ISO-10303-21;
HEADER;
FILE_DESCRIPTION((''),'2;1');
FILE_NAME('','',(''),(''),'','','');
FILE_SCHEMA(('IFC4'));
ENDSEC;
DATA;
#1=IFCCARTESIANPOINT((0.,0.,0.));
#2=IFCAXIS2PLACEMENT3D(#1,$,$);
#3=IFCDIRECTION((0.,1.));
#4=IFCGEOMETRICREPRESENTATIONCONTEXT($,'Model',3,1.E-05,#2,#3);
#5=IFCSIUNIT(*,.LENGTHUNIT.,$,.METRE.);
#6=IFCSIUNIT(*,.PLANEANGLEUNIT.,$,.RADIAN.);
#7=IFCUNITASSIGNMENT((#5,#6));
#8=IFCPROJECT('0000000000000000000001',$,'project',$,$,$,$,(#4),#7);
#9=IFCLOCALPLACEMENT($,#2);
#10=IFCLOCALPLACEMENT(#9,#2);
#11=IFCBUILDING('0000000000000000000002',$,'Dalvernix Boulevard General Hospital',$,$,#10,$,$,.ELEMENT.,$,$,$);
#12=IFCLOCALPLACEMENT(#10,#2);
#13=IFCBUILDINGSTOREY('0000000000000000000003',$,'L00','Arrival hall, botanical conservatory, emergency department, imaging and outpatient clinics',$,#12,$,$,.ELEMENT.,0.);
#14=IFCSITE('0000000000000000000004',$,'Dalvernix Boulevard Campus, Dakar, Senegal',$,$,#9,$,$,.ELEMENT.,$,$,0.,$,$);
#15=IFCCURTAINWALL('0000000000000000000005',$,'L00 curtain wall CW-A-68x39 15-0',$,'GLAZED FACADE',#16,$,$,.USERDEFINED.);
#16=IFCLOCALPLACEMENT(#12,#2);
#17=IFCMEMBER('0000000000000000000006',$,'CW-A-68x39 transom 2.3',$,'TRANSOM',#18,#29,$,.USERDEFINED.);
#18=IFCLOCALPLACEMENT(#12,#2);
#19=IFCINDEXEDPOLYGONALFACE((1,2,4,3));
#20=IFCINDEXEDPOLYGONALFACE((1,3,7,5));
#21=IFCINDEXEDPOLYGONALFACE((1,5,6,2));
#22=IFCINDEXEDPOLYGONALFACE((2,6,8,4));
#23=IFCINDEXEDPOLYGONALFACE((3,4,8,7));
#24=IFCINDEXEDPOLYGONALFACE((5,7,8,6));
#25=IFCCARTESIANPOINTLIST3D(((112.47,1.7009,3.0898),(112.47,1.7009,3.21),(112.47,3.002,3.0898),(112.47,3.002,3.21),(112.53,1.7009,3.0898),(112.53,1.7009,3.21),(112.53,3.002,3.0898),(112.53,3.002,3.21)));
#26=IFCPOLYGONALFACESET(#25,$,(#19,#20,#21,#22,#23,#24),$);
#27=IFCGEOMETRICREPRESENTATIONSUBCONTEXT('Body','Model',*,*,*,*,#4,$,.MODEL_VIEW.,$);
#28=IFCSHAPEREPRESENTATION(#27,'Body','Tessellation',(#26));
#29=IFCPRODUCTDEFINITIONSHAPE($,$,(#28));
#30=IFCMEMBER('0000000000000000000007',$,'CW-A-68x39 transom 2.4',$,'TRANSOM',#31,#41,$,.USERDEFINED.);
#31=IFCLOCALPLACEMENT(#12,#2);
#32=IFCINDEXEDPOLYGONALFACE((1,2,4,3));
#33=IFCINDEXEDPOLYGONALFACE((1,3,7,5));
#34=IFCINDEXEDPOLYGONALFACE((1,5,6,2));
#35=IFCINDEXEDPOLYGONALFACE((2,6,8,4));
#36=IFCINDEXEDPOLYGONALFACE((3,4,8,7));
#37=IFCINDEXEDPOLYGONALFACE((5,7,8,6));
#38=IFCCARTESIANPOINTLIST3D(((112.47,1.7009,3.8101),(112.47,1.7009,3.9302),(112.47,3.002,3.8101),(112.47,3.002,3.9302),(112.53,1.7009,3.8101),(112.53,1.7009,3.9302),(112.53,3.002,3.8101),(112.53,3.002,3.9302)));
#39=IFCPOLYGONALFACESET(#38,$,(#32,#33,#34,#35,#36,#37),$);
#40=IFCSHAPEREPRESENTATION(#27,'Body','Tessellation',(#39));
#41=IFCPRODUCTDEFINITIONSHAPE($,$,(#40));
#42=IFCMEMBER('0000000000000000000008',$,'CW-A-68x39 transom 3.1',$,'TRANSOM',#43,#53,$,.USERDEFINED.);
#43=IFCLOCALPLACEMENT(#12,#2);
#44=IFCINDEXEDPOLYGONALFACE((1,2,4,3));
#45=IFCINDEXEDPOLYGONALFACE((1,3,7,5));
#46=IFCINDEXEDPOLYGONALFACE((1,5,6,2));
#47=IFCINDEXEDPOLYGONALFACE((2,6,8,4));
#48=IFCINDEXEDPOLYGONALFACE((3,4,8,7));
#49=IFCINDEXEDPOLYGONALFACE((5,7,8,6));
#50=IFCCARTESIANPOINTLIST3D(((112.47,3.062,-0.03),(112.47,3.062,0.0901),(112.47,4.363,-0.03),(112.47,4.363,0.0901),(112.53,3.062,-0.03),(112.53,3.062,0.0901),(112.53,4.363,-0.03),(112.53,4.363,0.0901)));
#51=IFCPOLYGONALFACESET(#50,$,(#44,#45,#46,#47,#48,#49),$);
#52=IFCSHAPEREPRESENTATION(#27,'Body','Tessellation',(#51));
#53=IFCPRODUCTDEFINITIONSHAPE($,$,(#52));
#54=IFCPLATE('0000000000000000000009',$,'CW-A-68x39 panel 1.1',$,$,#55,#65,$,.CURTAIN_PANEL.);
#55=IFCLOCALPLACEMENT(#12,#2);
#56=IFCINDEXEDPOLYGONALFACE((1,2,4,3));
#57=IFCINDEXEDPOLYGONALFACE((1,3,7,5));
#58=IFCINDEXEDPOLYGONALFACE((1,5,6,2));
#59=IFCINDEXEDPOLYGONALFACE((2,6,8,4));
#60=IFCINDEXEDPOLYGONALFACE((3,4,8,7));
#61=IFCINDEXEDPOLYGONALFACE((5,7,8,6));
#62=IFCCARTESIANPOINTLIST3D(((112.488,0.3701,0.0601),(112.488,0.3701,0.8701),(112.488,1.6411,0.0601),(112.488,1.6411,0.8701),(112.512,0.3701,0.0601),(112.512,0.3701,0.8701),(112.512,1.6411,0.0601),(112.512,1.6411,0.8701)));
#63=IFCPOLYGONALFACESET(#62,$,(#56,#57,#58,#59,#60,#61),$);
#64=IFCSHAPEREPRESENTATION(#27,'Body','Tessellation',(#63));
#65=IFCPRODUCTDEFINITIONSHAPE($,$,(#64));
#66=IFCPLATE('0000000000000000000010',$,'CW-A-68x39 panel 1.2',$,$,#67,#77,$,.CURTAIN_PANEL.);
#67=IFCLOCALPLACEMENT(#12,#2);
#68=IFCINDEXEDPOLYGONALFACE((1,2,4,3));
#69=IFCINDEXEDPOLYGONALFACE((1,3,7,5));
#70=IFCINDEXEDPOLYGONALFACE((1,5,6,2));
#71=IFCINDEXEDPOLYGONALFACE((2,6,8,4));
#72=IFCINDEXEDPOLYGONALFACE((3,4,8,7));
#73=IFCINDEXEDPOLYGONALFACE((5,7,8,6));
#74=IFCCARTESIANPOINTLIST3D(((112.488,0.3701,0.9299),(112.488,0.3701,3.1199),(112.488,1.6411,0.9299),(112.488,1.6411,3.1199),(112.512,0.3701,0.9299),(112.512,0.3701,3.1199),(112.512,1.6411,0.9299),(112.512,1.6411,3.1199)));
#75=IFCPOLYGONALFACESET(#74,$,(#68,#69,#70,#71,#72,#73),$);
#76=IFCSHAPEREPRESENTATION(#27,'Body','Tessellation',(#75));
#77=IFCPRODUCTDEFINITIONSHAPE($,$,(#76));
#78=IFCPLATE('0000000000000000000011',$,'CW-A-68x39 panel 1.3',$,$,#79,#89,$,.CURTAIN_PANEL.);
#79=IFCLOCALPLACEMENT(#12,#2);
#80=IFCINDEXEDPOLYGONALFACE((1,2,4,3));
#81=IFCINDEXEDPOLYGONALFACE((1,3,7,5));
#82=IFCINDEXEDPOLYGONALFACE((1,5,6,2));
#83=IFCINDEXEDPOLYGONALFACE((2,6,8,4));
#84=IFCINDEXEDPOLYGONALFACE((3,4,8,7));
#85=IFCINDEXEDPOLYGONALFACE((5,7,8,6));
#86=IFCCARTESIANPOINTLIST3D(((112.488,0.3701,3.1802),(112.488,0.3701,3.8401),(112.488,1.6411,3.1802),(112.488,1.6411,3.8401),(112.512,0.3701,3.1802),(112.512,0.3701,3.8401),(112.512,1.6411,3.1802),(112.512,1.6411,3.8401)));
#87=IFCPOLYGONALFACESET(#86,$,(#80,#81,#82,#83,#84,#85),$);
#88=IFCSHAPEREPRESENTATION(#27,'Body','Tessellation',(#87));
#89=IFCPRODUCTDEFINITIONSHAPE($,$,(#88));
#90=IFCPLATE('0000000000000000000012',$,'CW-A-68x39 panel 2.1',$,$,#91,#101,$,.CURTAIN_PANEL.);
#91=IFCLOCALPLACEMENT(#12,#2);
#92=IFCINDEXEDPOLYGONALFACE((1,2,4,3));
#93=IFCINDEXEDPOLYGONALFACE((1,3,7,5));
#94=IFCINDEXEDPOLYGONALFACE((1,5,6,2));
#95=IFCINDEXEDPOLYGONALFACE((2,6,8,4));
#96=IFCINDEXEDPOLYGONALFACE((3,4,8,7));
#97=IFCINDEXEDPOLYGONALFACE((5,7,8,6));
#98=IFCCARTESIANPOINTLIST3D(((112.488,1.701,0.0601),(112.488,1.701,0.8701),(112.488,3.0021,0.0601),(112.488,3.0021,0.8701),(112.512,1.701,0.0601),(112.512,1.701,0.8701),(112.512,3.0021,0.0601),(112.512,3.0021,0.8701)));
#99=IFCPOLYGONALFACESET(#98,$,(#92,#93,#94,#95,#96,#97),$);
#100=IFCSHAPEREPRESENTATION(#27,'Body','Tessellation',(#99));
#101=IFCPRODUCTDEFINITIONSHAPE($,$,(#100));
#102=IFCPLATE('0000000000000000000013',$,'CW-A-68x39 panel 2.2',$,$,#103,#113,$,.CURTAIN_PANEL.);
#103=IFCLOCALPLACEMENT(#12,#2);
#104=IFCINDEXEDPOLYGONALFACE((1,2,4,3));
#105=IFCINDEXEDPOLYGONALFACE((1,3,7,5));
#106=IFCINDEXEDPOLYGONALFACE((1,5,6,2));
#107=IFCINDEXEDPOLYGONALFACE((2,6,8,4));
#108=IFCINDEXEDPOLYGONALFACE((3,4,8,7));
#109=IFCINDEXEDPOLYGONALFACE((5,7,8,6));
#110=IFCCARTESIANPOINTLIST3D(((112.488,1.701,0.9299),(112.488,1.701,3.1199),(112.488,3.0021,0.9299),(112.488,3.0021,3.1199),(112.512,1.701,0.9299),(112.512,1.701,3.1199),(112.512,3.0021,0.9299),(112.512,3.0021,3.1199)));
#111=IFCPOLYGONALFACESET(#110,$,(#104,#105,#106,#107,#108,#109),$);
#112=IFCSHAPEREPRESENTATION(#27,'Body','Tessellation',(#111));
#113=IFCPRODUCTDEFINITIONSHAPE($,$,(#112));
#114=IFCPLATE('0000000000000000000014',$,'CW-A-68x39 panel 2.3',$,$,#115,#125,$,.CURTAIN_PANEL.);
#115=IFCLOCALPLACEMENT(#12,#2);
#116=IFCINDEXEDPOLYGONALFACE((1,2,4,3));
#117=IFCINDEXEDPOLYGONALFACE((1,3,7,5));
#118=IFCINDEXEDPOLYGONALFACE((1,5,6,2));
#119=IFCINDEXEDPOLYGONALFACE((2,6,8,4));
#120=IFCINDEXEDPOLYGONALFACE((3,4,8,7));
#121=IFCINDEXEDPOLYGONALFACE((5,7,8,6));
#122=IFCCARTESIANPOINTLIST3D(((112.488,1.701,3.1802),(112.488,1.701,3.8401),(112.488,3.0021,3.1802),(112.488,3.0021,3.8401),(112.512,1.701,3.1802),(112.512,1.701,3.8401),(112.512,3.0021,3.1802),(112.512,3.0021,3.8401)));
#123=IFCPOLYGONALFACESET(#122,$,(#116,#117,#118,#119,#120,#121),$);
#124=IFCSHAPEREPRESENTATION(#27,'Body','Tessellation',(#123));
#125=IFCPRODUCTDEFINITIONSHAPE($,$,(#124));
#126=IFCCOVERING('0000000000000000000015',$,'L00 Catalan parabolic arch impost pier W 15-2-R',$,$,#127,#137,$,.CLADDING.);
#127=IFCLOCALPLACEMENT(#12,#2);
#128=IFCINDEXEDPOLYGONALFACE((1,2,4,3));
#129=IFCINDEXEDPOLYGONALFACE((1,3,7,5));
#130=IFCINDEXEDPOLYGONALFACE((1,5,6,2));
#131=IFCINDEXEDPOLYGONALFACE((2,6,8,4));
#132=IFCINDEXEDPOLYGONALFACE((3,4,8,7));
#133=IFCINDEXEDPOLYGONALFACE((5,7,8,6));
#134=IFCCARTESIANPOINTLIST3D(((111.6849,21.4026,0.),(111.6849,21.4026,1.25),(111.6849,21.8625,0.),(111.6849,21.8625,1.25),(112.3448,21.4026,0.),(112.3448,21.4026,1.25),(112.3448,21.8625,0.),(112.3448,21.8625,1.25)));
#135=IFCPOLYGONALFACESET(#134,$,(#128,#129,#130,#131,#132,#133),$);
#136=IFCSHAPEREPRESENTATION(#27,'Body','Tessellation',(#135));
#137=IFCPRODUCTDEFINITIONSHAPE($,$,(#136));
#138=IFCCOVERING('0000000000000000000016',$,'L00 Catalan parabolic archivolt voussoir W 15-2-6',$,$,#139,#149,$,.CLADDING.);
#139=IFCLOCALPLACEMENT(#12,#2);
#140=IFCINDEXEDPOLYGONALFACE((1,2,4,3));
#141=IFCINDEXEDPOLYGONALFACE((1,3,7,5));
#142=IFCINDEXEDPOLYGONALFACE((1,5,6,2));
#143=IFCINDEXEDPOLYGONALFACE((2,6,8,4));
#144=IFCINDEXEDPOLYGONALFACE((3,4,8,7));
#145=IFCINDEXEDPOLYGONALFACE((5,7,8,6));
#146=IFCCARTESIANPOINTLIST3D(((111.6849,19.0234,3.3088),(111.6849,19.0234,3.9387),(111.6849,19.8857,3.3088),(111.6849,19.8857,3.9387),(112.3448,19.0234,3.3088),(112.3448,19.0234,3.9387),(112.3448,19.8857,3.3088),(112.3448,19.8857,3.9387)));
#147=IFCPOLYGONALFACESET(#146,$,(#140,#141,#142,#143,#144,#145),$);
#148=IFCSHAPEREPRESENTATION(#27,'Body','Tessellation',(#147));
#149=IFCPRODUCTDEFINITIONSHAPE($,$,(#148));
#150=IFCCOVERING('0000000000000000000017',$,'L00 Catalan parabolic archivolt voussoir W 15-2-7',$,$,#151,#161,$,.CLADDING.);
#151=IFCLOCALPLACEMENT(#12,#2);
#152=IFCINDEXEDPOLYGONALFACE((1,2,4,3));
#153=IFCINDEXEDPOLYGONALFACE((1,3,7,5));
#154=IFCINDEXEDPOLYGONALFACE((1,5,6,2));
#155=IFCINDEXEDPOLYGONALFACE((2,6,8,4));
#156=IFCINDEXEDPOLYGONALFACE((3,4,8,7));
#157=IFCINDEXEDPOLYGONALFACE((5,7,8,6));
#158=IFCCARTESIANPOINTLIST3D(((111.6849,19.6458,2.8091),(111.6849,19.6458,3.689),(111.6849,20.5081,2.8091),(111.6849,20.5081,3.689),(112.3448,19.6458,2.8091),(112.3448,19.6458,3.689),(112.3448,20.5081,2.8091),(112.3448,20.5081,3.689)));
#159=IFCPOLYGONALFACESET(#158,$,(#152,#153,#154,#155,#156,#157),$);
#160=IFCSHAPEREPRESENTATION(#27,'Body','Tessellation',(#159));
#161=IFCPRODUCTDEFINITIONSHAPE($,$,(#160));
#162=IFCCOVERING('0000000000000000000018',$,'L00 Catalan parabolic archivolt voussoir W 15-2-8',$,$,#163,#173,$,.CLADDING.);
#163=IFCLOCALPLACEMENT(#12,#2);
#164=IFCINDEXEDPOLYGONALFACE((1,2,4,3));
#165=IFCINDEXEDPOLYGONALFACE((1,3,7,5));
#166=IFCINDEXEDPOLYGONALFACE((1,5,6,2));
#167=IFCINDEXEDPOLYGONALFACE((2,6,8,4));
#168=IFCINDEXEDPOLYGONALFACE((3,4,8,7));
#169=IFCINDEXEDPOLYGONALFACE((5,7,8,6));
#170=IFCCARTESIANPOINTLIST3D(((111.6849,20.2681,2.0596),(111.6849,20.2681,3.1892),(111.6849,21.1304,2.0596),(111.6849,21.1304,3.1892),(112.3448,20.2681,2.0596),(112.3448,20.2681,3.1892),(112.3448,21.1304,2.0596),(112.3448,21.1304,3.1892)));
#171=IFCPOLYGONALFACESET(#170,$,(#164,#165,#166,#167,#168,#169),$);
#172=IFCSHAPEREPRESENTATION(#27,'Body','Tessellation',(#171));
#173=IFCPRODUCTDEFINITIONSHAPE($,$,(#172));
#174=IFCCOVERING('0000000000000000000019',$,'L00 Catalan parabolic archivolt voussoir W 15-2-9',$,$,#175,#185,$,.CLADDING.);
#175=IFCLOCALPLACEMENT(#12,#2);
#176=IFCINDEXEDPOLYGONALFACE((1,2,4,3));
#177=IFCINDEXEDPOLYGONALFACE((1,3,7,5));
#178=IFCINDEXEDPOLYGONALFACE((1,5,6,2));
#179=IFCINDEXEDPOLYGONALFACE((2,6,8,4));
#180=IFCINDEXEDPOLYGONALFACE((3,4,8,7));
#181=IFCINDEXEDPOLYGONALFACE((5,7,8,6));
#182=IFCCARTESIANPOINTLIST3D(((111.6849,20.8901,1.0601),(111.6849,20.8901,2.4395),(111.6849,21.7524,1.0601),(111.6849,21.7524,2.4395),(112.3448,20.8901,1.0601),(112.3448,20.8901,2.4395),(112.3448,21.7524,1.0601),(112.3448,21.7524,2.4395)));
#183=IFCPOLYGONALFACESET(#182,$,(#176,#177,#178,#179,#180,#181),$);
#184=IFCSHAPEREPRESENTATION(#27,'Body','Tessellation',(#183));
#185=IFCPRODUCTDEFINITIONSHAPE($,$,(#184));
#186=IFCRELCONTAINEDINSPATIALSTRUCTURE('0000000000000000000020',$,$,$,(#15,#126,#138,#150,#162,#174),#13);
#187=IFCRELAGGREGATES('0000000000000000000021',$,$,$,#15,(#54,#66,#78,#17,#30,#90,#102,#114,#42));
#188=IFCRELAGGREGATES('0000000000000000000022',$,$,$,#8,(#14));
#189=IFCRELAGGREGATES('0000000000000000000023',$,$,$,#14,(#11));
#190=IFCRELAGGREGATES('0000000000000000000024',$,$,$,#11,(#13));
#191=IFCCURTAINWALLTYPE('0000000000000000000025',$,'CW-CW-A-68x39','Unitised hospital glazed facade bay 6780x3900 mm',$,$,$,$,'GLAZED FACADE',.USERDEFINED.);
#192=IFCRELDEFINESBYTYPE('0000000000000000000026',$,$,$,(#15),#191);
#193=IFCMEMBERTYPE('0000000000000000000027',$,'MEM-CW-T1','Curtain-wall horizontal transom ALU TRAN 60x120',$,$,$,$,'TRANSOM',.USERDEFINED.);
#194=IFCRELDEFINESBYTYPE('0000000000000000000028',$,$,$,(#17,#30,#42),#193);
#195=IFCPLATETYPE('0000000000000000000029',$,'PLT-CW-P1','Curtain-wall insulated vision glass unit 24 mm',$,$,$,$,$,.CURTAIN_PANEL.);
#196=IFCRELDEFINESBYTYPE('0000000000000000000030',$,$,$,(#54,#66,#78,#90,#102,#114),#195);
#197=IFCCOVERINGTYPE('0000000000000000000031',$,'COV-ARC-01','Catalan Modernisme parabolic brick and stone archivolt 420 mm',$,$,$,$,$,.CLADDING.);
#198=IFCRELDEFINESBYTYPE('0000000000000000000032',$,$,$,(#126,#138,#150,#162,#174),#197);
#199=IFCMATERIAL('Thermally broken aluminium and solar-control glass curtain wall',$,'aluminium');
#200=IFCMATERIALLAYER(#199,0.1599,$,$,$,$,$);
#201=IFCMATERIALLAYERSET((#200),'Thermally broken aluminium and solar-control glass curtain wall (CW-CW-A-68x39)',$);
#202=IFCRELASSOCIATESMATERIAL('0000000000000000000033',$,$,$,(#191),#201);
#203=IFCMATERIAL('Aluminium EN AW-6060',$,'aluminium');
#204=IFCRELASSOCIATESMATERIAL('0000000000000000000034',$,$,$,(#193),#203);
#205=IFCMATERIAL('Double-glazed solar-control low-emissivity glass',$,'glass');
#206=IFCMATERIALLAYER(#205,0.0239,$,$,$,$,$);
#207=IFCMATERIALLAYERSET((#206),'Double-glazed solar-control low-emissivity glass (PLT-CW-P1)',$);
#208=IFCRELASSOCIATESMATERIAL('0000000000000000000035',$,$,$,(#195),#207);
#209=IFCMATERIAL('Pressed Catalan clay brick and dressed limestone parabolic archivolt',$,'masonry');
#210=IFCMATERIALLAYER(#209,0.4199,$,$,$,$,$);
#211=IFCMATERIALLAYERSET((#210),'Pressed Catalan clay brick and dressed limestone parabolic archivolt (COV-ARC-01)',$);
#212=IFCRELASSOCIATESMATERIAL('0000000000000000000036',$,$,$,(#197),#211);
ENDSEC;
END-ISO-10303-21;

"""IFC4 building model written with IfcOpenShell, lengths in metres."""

from ifc_helpers import new_model, si_unit, direction, frame, origin, origin_2d, place, context, subcontext, project, spatial, rectangle, extrude, material, layer, layer_set, material_profile, profile_set, type_object, element, aggregate, save


model = new_model("IFC4")

# Units and contexts
model_context = context("Model", 3, precision=1e-05, world=origin(), true_north=direction((0.0, 1.0)))
body_context = subcontext(model_context, "Body", "Model", "MODEL_VIEW")
ifc_project = project(units=[si_unit("LENGTHUNIT", "METRE"), si_unit("PLANEANGLEUNIT", "RADIAN")], contexts=[model_context])

# Site, building, storey
site_placement = place(None, origin())
site = spatial("IfcSite", under=ifc_project, at=site_placement, Name="Dalvernix Boulevard Campus, Dakar, Senegal", CompositionType="ELEMENT", RefElevation=0.0)
building_placement = place(site_placement, origin())
building = spatial("IfcBuilding", under=site, at=building_placement, Name="Dalvernix Boulevard General Hospital", CompositionType="ELEMENT")
storey_placement = place(building_placement, origin())
storey = spatial("IfcBuildingStorey", under=building, at=storey_placement, Name="L00", Description="Arrival hall, botanical conservatory, emergency department, imaging and outpatient clinics", CompositionType="ELEMENT", Elevation=0.0)

# Curtain wall, members, plates
ifc_material_1 = material(Name="Thermally broken aluminium and solar-control glass curtain wall", Category="aluminium")
ifc_layer_1 = layer(ifc_material_1, 0.1599)
ifc_layer_set_1 = layer_set([ifc_layer_1], Name="Thermally broken aluminium and solar-control glass curtain wall (CW-CW-A-68x39)")
curtain_wall_type = type_object("IfcCurtainWallType", Name="CW-CW-A-68x39", Description="Unitised hospital glazed facade bay 6780x3900 mm", ElementType="GLAZED FACADE", PredefinedType="USERDEFINED", material=ifc_layer_set_1)
curtain_wall_placement = place(storey_placement, origin())
curtain_wall = element("IfcCurtainWall", 1, at=curtain_wall_placement, inside=storey, type_object=curtain_wall_type, Name="L00 curtain wall CW-A-68x39 15-0", ObjectType="GLAZED FACADE", PredefinedType="USERDEFINED")
ifc_material_2 = material(Name="Aluminium EN AW-6060", Category="aluminium")
ifc_material_profile_1 = material_profile(ifc_material_2, rectangle(XDim=0.0601, YDim=0.1201, at=origin_2d()), Name="ALU TRAN 60x120")
ifc_profile_set_1 = profile_set([ifc_material_profile_1], Name="Aluminium EN AW-6060")
member_type_1 = type_object("IfcMemberType", Name="MEM-CW-T1", Description="Curtain-wall horizontal transom ALU TRAN 60x120", ElementType="TRANSOM", PredefinedType="USERDEFINED", material=ifc_profile_set_1)
member_1_placement = place(storey_placement, frame((112.5, 1.7009, 3.1499), z_axis=(0.0, 1.0, 0.0), x_axis=(-1.0, 0.0, 0.0)))
member_1 = element("IfcMember", 2, at=member_1_placement, type_object=member_type_1, Name="CW-A-68x39 transom 2.3", ObjectType="TRANSOM", PredefinedType="USERDEFINED", context=body_context, shape_type="SweptSolid", body=[
    extrude(rectangle(XDim=0.0601, YDim=0.1201, at=origin_2d()), origin(), (0.0, 0.0, 1.0), 1.301),
])
member_2_placement = place(storey_placement, frame((112.5, 1.7009, 3.8701), z_axis=(0.0, 1.0, 0.0), x_axis=(-1.0, 0.0, 0.0)))
member_2 = element("IfcMember", 3, at=member_2_placement, type_object=member_type_1, Name="CW-A-68x39 transom 2.4", ObjectType="TRANSOM", PredefinedType="USERDEFINED", context=body_context, shape_type="SweptSolid", body=[
    extrude(rectangle(XDim=0.0601, YDim=0.1201, at=origin_2d()), origin(), (0.0, 0.0, 1.0), 1.301),
])
member_3_placement = place(storey_placement, frame((112.5, 3.062, 0.03), z_axis=(0.0, 1.0, 0.0), x_axis=(-1.0, 0.0, 0.0)))
member_3 = element("IfcMember", 4, at=member_3_placement, type_object=member_type_1, Name="CW-A-68x39 transom 3.1", ObjectType="TRANSOM", PredefinedType="USERDEFINED", context=body_context, shape_type="SweptSolid", body=[
    extrude(rectangle(XDim=0.0601, YDim=0.1201, at=origin_2d()), origin(), (0.0, 0.0, 1.0), 1.301),
])
ifc_material_3 = material(Name="Double-glazed solar-control low-emissivity glass", Category="glass")
ifc_layer_2 = layer(ifc_material_3, 0.0239)
ifc_layer_set_2 = layer_set([ifc_layer_2], Name="Double-glazed solar-control low-emissivity glass (PLT-CW-P1)")
plate_type = type_object("IfcPlateType", Name="PLT-CW-P1", Description="Curtain-wall insulated vision glass unit 24 mm", PredefinedType="CURTAIN_PANEL", material=ifc_layer_set_2)
plate_1_placement = place(storey_placement, frame((112.5, 1.0056, 0.0601), z_axis=(0.0, 0.0, 1.0), x_axis=(0.0, 1.0, 0.0)))
plate_1 = element("IfcPlate", 5, at=plate_1_placement, type_object=plate_type, Name="CW-A-68x39 panel 1.1", PredefinedType="CURTAIN_PANEL", context=body_context, shape_type="SweptSolid", body=[
    extrude(rectangle(XDim=1.271, YDim=0.0239, at=origin_2d()), origin(), (0.0, 0.0, 1.0), 0.8101),
])
plate_2_placement = place(storey_placement, frame((112.5, 1.0056, 0.9299), z_axis=(0.0, 0.0, 1.0), x_axis=(0.0, 1.0, 0.0)))
plate_2 = element("IfcPlate", 6, at=plate_2_placement, type_object=plate_type, Name="CW-A-68x39 panel 1.2", PredefinedType="CURTAIN_PANEL", context=body_context, shape_type="SweptSolid", body=[
    extrude(rectangle(XDim=1.271, YDim=0.0239, at=origin_2d()), origin(), (0.0, 0.0, 1.0), 2.1899),
])
plate_3_placement = place(storey_placement, frame((112.5, 1.0056, 3.1802), z_axis=(0.0, 0.0, 1.0), x_axis=(0.0, 1.0, 0.0)))
plate_3 = element("IfcPlate", 7, at=plate_3_placement, type_object=plate_type, Name="CW-A-68x39 panel 1.3", PredefinedType="CURTAIN_PANEL", context=body_context, shape_type="SweptSolid", body=[
    extrude(rectangle(XDim=1.271, YDim=0.0239, at=origin_2d()), origin(), (0.0, 0.0, 1.0), 0.6599),
])
plate_4_placement = place(storey_placement, frame((112.5, 2.3516, 0.0601), z_axis=(0.0, 0.0, 1.0), x_axis=(0.0, 1.0, 0.0)))
plate_4 = element("IfcPlate", 8, at=plate_4_placement, type_object=plate_type, Name="CW-A-68x39 panel 2.1", PredefinedType="CURTAIN_PANEL", context=body_context, shape_type="SweptSolid", body=[
    extrude(rectangle(XDim=1.301, YDim=0.0239, at=origin_2d()), origin(), (0.0, 0.0, 1.0), 0.8101),
])
plate_5_placement = place(storey_placement, frame((112.5, 2.3516, 0.9299), z_axis=(0.0, 0.0, 1.0), x_axis=(0.0, 1.0, 0.0)))
plate_5 = element("IfcPlate", 9, at=plate_5_placement, type_object=plate_type, Name="CW-A-68x39 panel 2.2", PredefinedType="CURTAIN_PANEL", context=body_context, shape_type="SweptSolid", body=[
    extrude(rectangle(XDim=1.301, YDim=0.0239, at=origin_2d()), origin(), (0.0, 0.0, 1.0), 2.1899),
])
plate_6_placement = place(storey_placement, frame((112.5, 2.3516, 3.1802), z_axis=(0.0, 0.0, 1.0), x_axis=(0.0, 1.0, 0.0)))
plate_6 = element("IfcPlate", 10, at=plate_6_placement, type_object=plate_type, Name="CW-A-68x39 panel 2.3", PredefinedType="CURTAIN_PANEL", context=body_context, shape_type="SweptSolid", body=[
    extrude(rectangle(XDim=1.301, YDim=0.0239, at=origin_2d()), origin(), (0.0, 0.0, 1.0), 0.6599),
])
aggregate(curtain_wall, [plate_1, plate_2, plate_3, member_1, member_2, plate_4, plate_5, plate_6, member_3])

# Coverings
ifc_material_4 = material(Name="Pressed Catalan clay brick and dressed limestone parabolic archivolt", Category="masonry")
ifc_layer_3 = layer(ifc_material_4, 0.4199)
ifc_layer_set_3 = layer_set([ifc_layer_3], Name="Pressed Catalan clay brick and dressed limestone parabolic archivolt (COV-ARC-01)")
covering_type_1 = type_object("IfcCoveringType", Name="COV-ARC-01", Description="Catalan Modernisme parabolic brick and stone archivolt 420 mm", PredefinedType="CLADDING", material=ifc_layer_set_3)
covering_1_placement = place(storey_placement, frame((112.0149, 21.6326, 0.0), z_axis=(0.0, 0.0, 1.0), x_axis=(0.0, 1.0, 0.0)))
element("IfcCovering", 11, at=covering_1_placement, inside=storey, type_object=covering_type_1, Name="L00 Catalan parabolic arch impost pier W 15-2-R", PredefinedType="CLADDING", context=body_context, shape_type="SweptSolid", body=[
    extrude(rectangle(XDim=0.46, YDim=0.6599, at=origin_2d()), origin(), (0.0, 0.0, 1.0), 1.25),
])
covering_2_placement = place(storey_placement, frame((112.0149, 19.4546, 3.3088), z_axis=(0.0, 0.0, 1.0), x_axis=(0.0, 1.0, 0.0)))
element("IfcCovering", 12, at=covering_2_placement, inside=storey, type_object=covering_type_1, Name="L00 Catalan parabolic archivolt voussoir W 15-2-6", PredefinedType="CLADDING", context=body_context, shape_type="SweptSolid", body=[
    extrude(rectangle(XDim=0.8623, YDim=0.6599, at=origin_2d()), origin(), (0.0, 0.0, 1.0), 0.6299),
])
covering_3_placement = place(storey_placement, frame((112.0149, 20.0769, 2.8091), z_axis=(0.0, 0.0, 1.0), x_axis=(0.0, 1.0, 0.0)))
element("IfcCovering", 13, at=covering_3_placement, inside=storey, type_object=covering_type_1, Name="L00 Catalan parabolic archivolt voussoir W 15-2-7", PredefinedType="CLADDING", context=body_context, shape_type="SweptSolid", body=[
    extrude(rectangle(XDim=0.8623, YDim=0.6599, at=origin_2d()), origin(), (0.0, 0.0, 1.0), 0.8799),
])
covering_4_placement = place(storey_placement, frame((112.0149, 20.6992, 2.0596), z_axis=(0.0, 0.0, 1.0), x_axis=(0.0, 1.0, 0.0)))
element("IfcCovering", 14, at=covering_4_placement, inside=storey, type_object=covering_type_1, Name="L00 Catalan parabolic archivolt voussoir W 15-2-8", PredefinedType="CLADDING", context=body_context, shape_type="SweptSolid", body=[
    extrude(rectangle(XDim=0.8623, YDim=0.6599, at=origin_2d()), origin(), (0.0, 0.0, 1.0), 1.1296),
])
covering_5_placement = place(storey_placement, frame((112.0149, 21.3213, 1.0601), z_axis=(0.0, 0.0, 1.0), x_axis=(0.0, 1.0, 0.0)))
element("IfcCovering", 15, at=covering_5_placement, inside=storey, type_object=covering_type_1, Name="L00 Catalan parabolic archivolt voussoir W 15-2-9", PredefinedType="CLADDING", context=body_context, shape_type="SweptSolid", body=[
    extrude(rectangle(XDim=0.8623, YDim=0.6599, at=origin_2d()), origin(), (0.0, 0.0, 1.0), 1.3794),
])

save(model, "model.ifc")
